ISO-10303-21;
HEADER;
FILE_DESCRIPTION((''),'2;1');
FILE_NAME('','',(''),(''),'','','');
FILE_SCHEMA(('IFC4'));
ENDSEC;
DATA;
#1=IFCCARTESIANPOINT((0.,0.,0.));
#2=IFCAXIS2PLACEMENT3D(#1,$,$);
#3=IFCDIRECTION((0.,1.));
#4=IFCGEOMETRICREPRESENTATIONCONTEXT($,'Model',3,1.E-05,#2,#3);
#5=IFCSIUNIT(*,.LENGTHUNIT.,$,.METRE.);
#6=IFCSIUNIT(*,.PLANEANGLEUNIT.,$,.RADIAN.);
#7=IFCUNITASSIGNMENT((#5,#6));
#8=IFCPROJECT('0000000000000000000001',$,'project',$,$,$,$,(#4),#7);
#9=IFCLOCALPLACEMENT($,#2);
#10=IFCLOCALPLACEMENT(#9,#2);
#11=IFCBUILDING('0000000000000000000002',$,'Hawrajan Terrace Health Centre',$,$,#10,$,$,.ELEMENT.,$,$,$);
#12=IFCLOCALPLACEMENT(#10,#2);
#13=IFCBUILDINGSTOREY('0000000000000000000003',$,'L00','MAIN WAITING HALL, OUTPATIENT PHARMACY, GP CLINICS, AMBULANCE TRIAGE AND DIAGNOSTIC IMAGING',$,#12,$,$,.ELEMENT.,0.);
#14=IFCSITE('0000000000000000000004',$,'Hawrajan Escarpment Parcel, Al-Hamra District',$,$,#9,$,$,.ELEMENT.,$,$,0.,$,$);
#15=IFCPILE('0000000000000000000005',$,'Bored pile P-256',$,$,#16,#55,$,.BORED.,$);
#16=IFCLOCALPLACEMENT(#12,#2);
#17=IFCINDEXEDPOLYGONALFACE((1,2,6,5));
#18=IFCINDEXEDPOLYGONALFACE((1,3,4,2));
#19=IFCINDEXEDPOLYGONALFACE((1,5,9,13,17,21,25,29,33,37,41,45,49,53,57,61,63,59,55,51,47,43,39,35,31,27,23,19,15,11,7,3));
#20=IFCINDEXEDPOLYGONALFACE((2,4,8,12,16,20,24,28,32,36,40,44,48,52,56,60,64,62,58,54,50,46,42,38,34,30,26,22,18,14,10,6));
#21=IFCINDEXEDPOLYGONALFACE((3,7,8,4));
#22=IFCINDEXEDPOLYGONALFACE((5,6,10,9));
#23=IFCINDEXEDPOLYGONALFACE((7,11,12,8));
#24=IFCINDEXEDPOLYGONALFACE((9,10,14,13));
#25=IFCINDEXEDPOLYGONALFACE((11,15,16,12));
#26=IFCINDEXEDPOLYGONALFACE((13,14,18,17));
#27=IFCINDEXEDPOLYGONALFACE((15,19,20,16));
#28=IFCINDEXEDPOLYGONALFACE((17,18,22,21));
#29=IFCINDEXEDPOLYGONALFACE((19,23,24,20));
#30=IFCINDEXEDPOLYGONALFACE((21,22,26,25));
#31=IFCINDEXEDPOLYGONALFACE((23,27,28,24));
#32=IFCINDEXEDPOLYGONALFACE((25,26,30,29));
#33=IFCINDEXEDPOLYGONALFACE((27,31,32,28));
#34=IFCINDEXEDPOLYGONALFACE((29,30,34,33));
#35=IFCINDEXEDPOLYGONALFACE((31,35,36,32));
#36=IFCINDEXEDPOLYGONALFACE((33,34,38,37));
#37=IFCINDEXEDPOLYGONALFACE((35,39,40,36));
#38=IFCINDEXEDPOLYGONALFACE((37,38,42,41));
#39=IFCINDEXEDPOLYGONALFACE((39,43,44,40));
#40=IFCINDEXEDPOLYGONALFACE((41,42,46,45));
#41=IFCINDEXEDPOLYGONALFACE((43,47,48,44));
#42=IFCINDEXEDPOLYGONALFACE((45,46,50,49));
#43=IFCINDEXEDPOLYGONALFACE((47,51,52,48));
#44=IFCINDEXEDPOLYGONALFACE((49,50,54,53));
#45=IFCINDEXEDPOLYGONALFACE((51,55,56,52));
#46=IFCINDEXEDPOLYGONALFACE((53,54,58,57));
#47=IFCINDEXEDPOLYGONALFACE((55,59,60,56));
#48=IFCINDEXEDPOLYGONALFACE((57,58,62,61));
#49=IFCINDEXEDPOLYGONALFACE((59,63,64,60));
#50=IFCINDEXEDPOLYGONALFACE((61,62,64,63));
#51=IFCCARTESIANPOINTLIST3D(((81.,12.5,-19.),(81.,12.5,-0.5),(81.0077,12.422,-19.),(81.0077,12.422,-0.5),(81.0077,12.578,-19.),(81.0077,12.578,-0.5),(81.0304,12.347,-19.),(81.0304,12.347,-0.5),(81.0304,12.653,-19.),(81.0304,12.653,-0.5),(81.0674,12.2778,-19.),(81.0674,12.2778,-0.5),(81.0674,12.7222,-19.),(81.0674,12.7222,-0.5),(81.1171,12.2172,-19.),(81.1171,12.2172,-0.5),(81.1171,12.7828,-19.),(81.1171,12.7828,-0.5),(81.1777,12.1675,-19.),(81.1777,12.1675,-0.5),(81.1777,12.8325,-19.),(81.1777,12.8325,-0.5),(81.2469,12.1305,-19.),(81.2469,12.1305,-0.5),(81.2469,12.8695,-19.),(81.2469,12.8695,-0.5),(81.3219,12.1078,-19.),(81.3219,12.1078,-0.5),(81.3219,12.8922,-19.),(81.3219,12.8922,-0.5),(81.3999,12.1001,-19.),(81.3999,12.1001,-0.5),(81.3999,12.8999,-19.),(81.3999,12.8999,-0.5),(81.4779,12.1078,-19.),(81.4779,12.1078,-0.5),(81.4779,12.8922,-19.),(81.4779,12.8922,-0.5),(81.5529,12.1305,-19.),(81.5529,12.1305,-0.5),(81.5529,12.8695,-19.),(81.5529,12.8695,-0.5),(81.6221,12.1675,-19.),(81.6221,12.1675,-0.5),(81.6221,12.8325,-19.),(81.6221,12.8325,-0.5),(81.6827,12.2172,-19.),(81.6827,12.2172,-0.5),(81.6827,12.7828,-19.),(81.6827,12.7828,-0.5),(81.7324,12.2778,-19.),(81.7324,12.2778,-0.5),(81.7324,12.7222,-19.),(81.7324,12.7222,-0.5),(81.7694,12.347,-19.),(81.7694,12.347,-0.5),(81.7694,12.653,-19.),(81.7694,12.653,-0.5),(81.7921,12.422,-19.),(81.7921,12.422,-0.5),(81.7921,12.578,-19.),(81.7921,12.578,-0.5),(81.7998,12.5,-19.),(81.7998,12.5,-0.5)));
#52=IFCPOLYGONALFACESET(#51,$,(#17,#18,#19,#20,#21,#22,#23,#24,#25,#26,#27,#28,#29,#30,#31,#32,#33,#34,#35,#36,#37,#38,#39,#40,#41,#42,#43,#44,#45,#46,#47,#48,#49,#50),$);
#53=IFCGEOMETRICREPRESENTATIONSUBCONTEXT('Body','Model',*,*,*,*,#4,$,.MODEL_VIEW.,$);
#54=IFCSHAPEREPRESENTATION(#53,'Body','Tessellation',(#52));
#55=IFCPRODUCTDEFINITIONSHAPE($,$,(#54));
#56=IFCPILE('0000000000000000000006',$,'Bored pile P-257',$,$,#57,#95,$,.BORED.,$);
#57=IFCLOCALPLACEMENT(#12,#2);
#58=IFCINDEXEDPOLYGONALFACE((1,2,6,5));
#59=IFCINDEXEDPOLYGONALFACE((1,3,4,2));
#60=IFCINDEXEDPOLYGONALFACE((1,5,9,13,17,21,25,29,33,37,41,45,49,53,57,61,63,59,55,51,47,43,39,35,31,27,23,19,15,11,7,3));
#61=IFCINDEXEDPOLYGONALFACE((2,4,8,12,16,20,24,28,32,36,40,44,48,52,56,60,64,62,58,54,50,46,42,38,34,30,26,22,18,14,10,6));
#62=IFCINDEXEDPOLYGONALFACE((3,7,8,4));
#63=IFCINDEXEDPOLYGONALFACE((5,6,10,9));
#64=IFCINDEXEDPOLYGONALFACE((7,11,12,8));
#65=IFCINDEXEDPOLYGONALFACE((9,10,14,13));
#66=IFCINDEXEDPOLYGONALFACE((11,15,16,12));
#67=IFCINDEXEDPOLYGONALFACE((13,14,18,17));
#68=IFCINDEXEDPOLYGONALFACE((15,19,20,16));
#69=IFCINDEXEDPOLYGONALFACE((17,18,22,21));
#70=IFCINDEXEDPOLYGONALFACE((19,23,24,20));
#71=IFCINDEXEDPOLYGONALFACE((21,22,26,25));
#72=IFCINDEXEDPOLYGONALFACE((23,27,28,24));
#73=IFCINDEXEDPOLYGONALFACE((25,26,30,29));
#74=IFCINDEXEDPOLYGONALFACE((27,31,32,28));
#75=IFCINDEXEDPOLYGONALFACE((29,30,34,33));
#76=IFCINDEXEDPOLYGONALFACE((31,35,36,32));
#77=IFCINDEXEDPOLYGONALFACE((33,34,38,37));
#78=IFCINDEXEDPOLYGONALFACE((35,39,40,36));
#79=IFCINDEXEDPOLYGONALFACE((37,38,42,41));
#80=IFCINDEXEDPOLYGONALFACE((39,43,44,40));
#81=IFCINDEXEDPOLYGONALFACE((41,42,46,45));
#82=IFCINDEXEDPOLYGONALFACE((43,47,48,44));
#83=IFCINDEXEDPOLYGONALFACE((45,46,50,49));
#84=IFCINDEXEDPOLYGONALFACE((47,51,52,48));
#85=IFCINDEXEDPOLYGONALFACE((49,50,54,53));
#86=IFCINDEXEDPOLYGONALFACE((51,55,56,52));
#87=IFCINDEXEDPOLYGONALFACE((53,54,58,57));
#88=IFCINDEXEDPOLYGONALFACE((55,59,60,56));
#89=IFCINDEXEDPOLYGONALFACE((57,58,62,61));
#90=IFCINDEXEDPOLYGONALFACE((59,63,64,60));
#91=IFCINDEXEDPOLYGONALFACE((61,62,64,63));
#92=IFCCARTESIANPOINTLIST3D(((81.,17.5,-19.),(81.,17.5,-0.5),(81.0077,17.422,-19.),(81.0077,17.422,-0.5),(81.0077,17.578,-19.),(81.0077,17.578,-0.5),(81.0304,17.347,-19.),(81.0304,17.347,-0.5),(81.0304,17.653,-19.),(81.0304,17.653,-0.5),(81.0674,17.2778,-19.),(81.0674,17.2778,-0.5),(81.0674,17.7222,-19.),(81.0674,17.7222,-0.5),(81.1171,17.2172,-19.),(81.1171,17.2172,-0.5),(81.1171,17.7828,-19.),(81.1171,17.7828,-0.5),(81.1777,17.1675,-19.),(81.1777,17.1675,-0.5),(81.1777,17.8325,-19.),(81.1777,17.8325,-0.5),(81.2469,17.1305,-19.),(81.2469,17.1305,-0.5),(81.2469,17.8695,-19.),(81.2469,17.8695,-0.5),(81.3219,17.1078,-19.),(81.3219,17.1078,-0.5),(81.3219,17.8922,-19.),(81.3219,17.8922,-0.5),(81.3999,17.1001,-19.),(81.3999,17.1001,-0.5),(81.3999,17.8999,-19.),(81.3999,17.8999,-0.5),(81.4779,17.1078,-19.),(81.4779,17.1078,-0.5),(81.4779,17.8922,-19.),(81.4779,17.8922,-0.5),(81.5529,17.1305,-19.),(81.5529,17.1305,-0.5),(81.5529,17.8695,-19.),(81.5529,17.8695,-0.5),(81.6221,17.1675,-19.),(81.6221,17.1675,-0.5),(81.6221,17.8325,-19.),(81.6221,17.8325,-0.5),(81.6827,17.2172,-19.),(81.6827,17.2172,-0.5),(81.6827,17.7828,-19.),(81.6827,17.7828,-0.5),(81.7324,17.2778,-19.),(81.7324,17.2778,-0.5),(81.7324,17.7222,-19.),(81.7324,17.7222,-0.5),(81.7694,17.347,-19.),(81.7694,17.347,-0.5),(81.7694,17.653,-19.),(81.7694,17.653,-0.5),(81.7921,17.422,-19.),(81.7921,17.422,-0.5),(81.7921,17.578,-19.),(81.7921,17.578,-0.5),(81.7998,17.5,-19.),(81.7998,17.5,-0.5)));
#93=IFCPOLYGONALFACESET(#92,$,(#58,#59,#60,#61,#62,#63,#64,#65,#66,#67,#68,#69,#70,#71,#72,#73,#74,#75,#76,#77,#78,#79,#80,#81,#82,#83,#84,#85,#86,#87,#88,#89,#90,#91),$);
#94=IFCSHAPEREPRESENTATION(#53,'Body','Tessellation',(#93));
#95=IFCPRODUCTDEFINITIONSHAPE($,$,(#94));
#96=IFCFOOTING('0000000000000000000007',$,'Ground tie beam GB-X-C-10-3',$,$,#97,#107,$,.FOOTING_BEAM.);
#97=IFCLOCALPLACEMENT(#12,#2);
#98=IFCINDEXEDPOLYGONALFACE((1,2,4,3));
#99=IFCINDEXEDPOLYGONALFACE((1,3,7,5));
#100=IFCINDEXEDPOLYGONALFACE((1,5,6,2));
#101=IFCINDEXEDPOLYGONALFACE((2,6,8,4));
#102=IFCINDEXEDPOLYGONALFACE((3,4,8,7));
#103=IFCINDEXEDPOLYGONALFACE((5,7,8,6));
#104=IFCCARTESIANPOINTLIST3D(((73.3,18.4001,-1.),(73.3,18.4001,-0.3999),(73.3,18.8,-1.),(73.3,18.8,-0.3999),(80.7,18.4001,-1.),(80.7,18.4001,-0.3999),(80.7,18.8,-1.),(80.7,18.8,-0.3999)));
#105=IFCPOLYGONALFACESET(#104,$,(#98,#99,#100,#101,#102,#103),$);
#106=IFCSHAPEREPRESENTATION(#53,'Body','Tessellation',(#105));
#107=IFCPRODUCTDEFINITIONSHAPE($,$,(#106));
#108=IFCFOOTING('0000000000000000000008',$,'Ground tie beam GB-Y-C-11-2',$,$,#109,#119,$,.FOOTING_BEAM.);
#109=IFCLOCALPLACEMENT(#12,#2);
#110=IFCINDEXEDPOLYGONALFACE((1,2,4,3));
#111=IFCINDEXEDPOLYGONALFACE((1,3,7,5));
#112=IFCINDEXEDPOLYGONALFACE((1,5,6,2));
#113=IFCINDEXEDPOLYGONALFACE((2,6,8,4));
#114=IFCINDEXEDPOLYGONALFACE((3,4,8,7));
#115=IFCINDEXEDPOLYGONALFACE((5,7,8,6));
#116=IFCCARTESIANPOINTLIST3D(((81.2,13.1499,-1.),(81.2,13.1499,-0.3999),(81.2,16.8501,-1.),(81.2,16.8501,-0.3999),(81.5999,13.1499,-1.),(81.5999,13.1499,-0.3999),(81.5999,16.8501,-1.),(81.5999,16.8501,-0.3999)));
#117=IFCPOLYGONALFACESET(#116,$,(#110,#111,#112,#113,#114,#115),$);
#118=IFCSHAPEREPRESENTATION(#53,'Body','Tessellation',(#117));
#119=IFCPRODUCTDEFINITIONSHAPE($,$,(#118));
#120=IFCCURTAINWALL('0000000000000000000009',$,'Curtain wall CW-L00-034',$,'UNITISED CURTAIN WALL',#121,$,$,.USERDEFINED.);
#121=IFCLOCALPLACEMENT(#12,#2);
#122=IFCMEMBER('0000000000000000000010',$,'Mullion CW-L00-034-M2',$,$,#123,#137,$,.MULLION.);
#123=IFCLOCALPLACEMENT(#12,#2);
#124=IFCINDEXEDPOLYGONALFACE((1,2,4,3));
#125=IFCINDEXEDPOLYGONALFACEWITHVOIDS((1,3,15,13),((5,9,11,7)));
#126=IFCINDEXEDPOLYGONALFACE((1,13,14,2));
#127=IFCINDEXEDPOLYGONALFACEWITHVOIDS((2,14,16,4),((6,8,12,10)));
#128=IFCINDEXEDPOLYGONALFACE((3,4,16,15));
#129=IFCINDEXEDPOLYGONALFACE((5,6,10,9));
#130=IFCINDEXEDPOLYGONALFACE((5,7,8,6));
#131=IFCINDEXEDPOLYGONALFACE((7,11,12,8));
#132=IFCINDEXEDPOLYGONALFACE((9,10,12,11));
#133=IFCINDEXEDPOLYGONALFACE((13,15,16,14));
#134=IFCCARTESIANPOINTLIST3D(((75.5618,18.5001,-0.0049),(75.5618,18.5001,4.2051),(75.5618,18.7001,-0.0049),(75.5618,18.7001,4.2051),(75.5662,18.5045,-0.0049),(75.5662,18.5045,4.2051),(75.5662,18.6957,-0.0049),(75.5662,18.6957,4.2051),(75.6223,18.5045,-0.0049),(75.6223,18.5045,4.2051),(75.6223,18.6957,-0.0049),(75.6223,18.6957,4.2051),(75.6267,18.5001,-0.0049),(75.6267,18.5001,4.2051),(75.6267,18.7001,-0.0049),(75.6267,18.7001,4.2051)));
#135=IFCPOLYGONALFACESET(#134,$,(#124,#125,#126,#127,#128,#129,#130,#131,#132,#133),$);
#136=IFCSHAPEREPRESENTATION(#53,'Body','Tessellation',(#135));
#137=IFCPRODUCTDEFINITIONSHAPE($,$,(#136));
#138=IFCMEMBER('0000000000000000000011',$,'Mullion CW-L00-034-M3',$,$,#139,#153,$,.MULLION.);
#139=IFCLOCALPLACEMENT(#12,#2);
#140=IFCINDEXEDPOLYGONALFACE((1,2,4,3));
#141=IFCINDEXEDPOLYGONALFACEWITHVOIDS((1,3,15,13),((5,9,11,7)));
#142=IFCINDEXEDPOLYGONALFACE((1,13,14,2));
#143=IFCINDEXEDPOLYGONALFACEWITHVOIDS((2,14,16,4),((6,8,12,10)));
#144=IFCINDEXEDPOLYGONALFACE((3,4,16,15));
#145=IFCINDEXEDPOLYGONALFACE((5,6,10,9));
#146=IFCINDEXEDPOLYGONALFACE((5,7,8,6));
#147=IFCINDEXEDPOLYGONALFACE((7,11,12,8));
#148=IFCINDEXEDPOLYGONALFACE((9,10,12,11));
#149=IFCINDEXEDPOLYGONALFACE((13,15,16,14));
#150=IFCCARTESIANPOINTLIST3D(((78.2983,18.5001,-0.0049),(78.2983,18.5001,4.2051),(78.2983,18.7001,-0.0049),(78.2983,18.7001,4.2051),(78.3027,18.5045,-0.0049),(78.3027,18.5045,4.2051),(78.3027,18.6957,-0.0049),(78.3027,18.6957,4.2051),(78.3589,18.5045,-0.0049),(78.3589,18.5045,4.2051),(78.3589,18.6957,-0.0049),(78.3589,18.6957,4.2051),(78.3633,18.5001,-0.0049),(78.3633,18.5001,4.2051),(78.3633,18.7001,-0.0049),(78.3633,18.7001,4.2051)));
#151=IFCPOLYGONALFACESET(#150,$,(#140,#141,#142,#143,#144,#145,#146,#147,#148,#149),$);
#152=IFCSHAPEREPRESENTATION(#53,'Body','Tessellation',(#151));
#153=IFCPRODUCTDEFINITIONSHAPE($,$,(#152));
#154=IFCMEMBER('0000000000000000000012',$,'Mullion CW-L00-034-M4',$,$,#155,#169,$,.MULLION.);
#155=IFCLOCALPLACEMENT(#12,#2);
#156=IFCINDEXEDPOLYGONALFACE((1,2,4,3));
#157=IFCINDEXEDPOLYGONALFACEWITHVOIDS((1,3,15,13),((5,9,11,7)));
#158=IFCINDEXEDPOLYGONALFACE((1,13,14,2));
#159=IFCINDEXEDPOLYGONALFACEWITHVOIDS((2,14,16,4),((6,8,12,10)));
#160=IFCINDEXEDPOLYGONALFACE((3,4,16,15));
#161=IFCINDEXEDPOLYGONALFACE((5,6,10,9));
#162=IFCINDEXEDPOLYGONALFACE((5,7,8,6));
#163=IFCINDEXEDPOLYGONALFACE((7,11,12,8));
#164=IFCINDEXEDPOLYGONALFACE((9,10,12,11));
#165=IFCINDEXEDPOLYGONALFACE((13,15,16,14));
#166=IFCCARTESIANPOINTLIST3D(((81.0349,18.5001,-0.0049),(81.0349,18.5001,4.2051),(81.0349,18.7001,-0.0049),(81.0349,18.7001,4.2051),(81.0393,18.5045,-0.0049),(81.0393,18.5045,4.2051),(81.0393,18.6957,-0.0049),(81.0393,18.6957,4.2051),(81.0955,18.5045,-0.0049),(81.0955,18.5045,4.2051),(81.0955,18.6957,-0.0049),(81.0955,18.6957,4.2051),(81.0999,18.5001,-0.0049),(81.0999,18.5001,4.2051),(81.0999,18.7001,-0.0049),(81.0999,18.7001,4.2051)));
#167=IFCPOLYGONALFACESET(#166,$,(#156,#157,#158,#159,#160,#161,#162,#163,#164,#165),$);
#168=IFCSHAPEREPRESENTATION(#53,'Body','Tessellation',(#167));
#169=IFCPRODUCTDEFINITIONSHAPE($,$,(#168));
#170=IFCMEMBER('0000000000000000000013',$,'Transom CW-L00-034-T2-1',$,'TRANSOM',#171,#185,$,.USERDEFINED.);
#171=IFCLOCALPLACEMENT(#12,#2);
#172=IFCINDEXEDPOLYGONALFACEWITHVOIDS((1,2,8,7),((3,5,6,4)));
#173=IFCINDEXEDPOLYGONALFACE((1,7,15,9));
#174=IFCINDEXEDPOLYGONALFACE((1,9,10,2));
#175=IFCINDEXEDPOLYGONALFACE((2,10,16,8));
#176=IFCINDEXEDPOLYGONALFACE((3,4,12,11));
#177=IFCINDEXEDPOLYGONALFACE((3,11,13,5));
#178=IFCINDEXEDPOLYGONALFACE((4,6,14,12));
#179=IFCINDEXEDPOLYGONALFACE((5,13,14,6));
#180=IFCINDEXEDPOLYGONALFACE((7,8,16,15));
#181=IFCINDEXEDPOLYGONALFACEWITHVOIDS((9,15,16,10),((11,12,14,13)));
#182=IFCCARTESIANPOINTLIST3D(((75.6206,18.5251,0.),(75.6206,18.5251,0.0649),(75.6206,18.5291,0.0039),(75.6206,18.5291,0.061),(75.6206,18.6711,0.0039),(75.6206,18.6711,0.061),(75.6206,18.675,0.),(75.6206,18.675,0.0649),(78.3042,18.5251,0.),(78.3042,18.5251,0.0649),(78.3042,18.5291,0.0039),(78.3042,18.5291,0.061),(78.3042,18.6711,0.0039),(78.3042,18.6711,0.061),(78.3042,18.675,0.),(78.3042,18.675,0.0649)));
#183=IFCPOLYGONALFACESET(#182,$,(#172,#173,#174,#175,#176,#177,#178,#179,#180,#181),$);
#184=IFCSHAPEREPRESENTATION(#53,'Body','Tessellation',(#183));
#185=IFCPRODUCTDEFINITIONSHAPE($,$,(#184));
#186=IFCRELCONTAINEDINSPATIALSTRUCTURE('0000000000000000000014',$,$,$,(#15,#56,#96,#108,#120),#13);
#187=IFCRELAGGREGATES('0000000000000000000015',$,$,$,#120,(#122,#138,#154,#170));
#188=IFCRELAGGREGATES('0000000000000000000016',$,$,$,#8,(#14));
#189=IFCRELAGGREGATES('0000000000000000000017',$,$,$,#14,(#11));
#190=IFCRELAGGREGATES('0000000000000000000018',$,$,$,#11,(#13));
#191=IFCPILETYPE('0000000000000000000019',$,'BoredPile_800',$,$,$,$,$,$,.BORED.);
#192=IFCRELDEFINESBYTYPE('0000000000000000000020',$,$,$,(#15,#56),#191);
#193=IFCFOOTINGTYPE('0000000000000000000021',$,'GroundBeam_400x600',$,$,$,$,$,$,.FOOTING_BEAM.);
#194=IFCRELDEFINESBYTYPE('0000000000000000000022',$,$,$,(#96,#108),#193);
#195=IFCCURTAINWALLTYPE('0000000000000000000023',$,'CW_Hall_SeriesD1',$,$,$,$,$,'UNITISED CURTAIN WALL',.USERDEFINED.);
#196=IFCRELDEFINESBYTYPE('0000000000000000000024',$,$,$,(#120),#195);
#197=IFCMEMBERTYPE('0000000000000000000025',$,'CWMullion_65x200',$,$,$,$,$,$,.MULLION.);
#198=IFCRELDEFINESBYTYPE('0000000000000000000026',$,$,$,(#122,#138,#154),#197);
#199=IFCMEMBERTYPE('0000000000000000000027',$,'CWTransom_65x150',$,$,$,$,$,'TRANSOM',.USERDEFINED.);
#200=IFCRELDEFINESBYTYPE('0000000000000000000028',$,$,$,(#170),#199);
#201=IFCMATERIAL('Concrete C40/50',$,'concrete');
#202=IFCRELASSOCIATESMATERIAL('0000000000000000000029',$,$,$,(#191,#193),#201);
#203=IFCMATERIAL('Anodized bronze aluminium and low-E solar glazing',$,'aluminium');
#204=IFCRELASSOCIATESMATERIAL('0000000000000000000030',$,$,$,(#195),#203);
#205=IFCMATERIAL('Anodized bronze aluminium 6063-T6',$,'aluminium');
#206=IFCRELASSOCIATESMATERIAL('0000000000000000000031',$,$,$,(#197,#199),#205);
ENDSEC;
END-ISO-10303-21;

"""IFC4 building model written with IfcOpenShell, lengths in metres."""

from ifc_helpers import new_model, si_unit, direction, frame, origin, origin_2d, place, context, subcontext, project, spatial, rectangle, hollow_rectangle, circle, extrude, material, material_profile, profile_set, type_object, element, aggregate, save


model = new_model("IFC4")

# Units and contexts
model_context = context("Model", 3, precision=1e-05, world=origin(), true_north=direction((0.0, 1.0)))
body_context = subcontext(model_context, "Body", "Model", "MODEL_VIEW")
ifc_project = project(units=[si_unit("LENGTHUNIT", "METRE"), si_unit("PLANEANGLEUNIT", "RADIAN")], contexts=[model_context])

# Site, building, storey
site_placement = place(None, origin())
site = spatial("IfcSite", under=ifc_project, at=site_placement, Name="Hawrajan Escarpment Parcel, Al-Hamra District", CompositionType="ELEMENT", RefElevation=0.0)
building_placement = place(site_placement, origin())
building = spatial("IfcBuilding", under=site, at=building_placement, Name="Hawrajan Terrace Health Centre", CompositionType="ELEMENT")
storey_placement = place(building_placement, origin())
storey = spatial("IfcBuildingStorey", under=building, at=storey_placement, Name="L00", Description="MAIN WAITING HALL, OUTPATIENT PHARMACY, GP CLINICS, AMBULANCE TRIAGE AND DIAGNOSTIC IMAGING", CompositionType="ELEMENT", Elevation=0.0)

# Piles
ifc_material_1 = material(Name="Concrete C40/50", Category="concrete")
ifc_material_profile_1 = material_profile(ifc_material_1, circle(Radius=0.3999, at=origin_2d()), Name="BP 800")
ifc_profile_set_1 = profile_set([ifc_material_profile_1], Name="Concrete C40/50")
pile_type = type_object("IfcPileType", Name="BoredPile_800", PredefinedType="BORED", material=ifc_profile_set_1)
for number, where, z_axis, x_axis, name in (
    (1, (81.3999, 12.5, -0.5), (0.0, 0.0, -1.0), (1.0, 0.0, 0.0), "Bored pile P-256"),
    (2, (81.3999, 17.5, -0.5), (0.0, 0.0, -1.0), (1.0, 0.0, 0.0), "Bored pile P-257"),
):
    element("IfcPile", number, at=place(storey_placement, frame(where, z_axis=z_axis, x_axis=x_axis)), inside=storey, type_object=pile_type, Name=name, PredefinedType="BORED", context=body_context, shape_type="SweptSolid", body=[
        extrude(circle(Radius=0.3999, at=origin_2d()), origin(), (0.0, 0.0, 1.0), 18.5),
    ])

# Footings
ifc_material_profile_2 = material_profile(ifc_material_1, rectangle(XDim=0.3999, YDim=0.6001, at=origin_2d()), Name="RC BM 400x600")
ifc_profile_set_2 = profile_set([ifc_material_profile_2], Name="Concrete C40/50")
footing_type = type_object("IfcFootingType", Name="GroundBeam_400x600", PredefinedType="FOOTING_BEAM", material=ifc_profile_set_2)
footing_1_placement = place(storey_placement, frame((73.3, 18.6001, -0.7), z_axis=(1.0, 0.0, 0.0), x_axis=(0.0, 1.0, 0.0)))
element("IfcFooting", 3, at=footing_1_placement, inside=storey, type_object=footing_type, Name="Ground tie beam GB-X-C-10-3", PredefinedType="FOOTING_BEAM", context=body_context, shape_type="SweptSolid", body=[
    extrude(rectangle(XDim=0.3999, YDim=0.6001, at=origin_2d()), origin(), (0.0, 0.0, 1.0), 7.3999),
])
footing_2_placement = place(storey_placement, frame((81.3999, 13.1499, -0.7), z_axis=(0.0, 1.0, 0.0), x_axis=(-1.0, 0.0, 0.0)))
element("IfcFooting", 4, at=footing_2_placement, inside=storey, type_object=footing_type, Name="Ground tie beam GB-Y-C-11-2", PredefinedType="FOOTING_BEAM", context=body_context, shape_type="SweptSolid", body=[
    extrude(rectangle(XDim=0.3999, YDim=0.6001, at=origin_2d()), origin(), (0.0, 0.0, 1.0), 3.7002),
])

# Curtain wall, members
ifc_material_2 = material(Name="Anodized bronze aluminium and low-E solar glazing", Category="aluminium")
curtain_wall_type = type_object("IfcCurtainWallType", Name="CW_Hall_SeriesD1", ElementType="UNITISED CURTAIN WALL", PredefinedType="USERDEFINED", material=ifc_material_2)
curtain_wall_placement = place(storey_placement, origin())
curtain_wall = element("IfcCurtainWall", 5, at=curtain_wall_placement, inside=storey, type_object=curtain_wall_type, Name="Curtain wall CW-L00-034", ObjectType="UNITISED CURTAIN WALL", PredefinedType="USERDEFINED")
ifc_material_3 = material(Name="Anodized bronze aluminium 6063-T6", Category="aluminium")
ifc_material_profile_3 = material_profile(ifc_material_3, hollow_rectangle(XDim=0.0649, YDim=0.2, WallThickness=0.0044, at=origin_2d()), Name="CW MUL 65x200")
ifc_profile_set_3 = profile_set([ifc_material_profile_3], Name="Anodized bronze aluminium 6063-T6")
member_type_1 = type_object("IfcMemberType", Name="CWMullion_65x200", PredefinedType="MULLION", material=ifc_profile_set_3)
member_1_placement = place(storey_placement, frame((75.5942, 18.6001, -0.0049), z_axis=(0.0, 0.0, 1.0), x_axis=(1.0, 0.0, 0.0)))
member_1 = element("IfcMember", 6, at=member_1_placement, type_object=member_type_1, Name="Mullion CW-L00-034-M2", PredefinedType="MULLION", context=body_context, shape_type="SweptSolid", body=[
    extrude(hollow_rectangle(XDim=0.0649, YDim=0.2, WallThickness=0.0044, at=origin_2d()), origin(), (0.0, 0.0, 1.0), 4.21),
])
member_2_placement = place(storey_placement, frame((78.3308, 18.6001, -0.0049), z_axis=(0.0, 0.0, 1.0), x_axis=(1.0, 0.0, 0.0)))
member_2 = element("IfcMember", 7, at=member_2_placement, type_object=member_type_1, Name="Mullion CW-L00-034-M3", PredefinedType="MULLION", context=body_context, shape_type="SweptSolid", body=[
    extrude(hollow_rectangle(XDim=0.0649, YDim=0.2, WallThickness=0.0044, at=origin_2d()), origin(), (0.0, 0.0, 1.0), 4.21),
])
member_3_placement = place(storey_placement, frame((81.0674, 18.6001, -0.0049), z_axis=(0.0, 0.0, 1.0), x_axis=(1.0, 0.0, 0.0)))
member_3 = element("IfcMember", 8, at=member_3_placement, type_object=member_type_1, Name="Mullion CW-L00-034-M4", PredefinedType="MULLION", context=body_context, shape_type="SweptSolid", body=[
    extrude(hollow_rectangle(XDim=0.0649, YDim=0.2, WallThickness=0.0044, at=origin_2d()), origin(), (0.0, 0.0, 1.0), 4.21),
])
ifc_material_profile_4 = material_profile(ifc_material_3, hollow_rectangle(XDim=0.0649, YDim=0.1499, WallThickness=0.0039, at=origin_2d()), Name="CW TRN 65x150")
ifc_profile_set_4 = profile_set([ifc_material_profile_4], Name="Anodized bronze aluminium 6063-T6")
member_type_2 = type_object("IfcMemberType", Name="CWTransom_65x150", ElementType="TRANSOM", PredefinedType="USERDEFINED", material=ifc_profile_set_4)
member_4_placement = place(storey_placement, frame((75.6206, 18.6001, 0.0325), z_axis=(1.0, 0.0, 0.0), x_axis=(0.0, 0.0, 1.0)))
member_4 = element("IfcMember", 9, at=member_4_placement, type_object=member_type_2, Name="Transom CW-L00-034-T2-1", ObjectType="TRANSOM", PredefinedType="USERDEFINED", context=body_context, shape_type="SweptSolid", body=[
    extrude(hollow_rectangle(XDim=0.0649, YDim=0.1499, WallThickness=0.0039, at=origin_2d()), origin(), (0.0, 0.0, 1.0), 2.6836),
])
aggregate(curtain_wall, [member_1, member_2, member_3, member_4])

save(model, "model.ifc")
